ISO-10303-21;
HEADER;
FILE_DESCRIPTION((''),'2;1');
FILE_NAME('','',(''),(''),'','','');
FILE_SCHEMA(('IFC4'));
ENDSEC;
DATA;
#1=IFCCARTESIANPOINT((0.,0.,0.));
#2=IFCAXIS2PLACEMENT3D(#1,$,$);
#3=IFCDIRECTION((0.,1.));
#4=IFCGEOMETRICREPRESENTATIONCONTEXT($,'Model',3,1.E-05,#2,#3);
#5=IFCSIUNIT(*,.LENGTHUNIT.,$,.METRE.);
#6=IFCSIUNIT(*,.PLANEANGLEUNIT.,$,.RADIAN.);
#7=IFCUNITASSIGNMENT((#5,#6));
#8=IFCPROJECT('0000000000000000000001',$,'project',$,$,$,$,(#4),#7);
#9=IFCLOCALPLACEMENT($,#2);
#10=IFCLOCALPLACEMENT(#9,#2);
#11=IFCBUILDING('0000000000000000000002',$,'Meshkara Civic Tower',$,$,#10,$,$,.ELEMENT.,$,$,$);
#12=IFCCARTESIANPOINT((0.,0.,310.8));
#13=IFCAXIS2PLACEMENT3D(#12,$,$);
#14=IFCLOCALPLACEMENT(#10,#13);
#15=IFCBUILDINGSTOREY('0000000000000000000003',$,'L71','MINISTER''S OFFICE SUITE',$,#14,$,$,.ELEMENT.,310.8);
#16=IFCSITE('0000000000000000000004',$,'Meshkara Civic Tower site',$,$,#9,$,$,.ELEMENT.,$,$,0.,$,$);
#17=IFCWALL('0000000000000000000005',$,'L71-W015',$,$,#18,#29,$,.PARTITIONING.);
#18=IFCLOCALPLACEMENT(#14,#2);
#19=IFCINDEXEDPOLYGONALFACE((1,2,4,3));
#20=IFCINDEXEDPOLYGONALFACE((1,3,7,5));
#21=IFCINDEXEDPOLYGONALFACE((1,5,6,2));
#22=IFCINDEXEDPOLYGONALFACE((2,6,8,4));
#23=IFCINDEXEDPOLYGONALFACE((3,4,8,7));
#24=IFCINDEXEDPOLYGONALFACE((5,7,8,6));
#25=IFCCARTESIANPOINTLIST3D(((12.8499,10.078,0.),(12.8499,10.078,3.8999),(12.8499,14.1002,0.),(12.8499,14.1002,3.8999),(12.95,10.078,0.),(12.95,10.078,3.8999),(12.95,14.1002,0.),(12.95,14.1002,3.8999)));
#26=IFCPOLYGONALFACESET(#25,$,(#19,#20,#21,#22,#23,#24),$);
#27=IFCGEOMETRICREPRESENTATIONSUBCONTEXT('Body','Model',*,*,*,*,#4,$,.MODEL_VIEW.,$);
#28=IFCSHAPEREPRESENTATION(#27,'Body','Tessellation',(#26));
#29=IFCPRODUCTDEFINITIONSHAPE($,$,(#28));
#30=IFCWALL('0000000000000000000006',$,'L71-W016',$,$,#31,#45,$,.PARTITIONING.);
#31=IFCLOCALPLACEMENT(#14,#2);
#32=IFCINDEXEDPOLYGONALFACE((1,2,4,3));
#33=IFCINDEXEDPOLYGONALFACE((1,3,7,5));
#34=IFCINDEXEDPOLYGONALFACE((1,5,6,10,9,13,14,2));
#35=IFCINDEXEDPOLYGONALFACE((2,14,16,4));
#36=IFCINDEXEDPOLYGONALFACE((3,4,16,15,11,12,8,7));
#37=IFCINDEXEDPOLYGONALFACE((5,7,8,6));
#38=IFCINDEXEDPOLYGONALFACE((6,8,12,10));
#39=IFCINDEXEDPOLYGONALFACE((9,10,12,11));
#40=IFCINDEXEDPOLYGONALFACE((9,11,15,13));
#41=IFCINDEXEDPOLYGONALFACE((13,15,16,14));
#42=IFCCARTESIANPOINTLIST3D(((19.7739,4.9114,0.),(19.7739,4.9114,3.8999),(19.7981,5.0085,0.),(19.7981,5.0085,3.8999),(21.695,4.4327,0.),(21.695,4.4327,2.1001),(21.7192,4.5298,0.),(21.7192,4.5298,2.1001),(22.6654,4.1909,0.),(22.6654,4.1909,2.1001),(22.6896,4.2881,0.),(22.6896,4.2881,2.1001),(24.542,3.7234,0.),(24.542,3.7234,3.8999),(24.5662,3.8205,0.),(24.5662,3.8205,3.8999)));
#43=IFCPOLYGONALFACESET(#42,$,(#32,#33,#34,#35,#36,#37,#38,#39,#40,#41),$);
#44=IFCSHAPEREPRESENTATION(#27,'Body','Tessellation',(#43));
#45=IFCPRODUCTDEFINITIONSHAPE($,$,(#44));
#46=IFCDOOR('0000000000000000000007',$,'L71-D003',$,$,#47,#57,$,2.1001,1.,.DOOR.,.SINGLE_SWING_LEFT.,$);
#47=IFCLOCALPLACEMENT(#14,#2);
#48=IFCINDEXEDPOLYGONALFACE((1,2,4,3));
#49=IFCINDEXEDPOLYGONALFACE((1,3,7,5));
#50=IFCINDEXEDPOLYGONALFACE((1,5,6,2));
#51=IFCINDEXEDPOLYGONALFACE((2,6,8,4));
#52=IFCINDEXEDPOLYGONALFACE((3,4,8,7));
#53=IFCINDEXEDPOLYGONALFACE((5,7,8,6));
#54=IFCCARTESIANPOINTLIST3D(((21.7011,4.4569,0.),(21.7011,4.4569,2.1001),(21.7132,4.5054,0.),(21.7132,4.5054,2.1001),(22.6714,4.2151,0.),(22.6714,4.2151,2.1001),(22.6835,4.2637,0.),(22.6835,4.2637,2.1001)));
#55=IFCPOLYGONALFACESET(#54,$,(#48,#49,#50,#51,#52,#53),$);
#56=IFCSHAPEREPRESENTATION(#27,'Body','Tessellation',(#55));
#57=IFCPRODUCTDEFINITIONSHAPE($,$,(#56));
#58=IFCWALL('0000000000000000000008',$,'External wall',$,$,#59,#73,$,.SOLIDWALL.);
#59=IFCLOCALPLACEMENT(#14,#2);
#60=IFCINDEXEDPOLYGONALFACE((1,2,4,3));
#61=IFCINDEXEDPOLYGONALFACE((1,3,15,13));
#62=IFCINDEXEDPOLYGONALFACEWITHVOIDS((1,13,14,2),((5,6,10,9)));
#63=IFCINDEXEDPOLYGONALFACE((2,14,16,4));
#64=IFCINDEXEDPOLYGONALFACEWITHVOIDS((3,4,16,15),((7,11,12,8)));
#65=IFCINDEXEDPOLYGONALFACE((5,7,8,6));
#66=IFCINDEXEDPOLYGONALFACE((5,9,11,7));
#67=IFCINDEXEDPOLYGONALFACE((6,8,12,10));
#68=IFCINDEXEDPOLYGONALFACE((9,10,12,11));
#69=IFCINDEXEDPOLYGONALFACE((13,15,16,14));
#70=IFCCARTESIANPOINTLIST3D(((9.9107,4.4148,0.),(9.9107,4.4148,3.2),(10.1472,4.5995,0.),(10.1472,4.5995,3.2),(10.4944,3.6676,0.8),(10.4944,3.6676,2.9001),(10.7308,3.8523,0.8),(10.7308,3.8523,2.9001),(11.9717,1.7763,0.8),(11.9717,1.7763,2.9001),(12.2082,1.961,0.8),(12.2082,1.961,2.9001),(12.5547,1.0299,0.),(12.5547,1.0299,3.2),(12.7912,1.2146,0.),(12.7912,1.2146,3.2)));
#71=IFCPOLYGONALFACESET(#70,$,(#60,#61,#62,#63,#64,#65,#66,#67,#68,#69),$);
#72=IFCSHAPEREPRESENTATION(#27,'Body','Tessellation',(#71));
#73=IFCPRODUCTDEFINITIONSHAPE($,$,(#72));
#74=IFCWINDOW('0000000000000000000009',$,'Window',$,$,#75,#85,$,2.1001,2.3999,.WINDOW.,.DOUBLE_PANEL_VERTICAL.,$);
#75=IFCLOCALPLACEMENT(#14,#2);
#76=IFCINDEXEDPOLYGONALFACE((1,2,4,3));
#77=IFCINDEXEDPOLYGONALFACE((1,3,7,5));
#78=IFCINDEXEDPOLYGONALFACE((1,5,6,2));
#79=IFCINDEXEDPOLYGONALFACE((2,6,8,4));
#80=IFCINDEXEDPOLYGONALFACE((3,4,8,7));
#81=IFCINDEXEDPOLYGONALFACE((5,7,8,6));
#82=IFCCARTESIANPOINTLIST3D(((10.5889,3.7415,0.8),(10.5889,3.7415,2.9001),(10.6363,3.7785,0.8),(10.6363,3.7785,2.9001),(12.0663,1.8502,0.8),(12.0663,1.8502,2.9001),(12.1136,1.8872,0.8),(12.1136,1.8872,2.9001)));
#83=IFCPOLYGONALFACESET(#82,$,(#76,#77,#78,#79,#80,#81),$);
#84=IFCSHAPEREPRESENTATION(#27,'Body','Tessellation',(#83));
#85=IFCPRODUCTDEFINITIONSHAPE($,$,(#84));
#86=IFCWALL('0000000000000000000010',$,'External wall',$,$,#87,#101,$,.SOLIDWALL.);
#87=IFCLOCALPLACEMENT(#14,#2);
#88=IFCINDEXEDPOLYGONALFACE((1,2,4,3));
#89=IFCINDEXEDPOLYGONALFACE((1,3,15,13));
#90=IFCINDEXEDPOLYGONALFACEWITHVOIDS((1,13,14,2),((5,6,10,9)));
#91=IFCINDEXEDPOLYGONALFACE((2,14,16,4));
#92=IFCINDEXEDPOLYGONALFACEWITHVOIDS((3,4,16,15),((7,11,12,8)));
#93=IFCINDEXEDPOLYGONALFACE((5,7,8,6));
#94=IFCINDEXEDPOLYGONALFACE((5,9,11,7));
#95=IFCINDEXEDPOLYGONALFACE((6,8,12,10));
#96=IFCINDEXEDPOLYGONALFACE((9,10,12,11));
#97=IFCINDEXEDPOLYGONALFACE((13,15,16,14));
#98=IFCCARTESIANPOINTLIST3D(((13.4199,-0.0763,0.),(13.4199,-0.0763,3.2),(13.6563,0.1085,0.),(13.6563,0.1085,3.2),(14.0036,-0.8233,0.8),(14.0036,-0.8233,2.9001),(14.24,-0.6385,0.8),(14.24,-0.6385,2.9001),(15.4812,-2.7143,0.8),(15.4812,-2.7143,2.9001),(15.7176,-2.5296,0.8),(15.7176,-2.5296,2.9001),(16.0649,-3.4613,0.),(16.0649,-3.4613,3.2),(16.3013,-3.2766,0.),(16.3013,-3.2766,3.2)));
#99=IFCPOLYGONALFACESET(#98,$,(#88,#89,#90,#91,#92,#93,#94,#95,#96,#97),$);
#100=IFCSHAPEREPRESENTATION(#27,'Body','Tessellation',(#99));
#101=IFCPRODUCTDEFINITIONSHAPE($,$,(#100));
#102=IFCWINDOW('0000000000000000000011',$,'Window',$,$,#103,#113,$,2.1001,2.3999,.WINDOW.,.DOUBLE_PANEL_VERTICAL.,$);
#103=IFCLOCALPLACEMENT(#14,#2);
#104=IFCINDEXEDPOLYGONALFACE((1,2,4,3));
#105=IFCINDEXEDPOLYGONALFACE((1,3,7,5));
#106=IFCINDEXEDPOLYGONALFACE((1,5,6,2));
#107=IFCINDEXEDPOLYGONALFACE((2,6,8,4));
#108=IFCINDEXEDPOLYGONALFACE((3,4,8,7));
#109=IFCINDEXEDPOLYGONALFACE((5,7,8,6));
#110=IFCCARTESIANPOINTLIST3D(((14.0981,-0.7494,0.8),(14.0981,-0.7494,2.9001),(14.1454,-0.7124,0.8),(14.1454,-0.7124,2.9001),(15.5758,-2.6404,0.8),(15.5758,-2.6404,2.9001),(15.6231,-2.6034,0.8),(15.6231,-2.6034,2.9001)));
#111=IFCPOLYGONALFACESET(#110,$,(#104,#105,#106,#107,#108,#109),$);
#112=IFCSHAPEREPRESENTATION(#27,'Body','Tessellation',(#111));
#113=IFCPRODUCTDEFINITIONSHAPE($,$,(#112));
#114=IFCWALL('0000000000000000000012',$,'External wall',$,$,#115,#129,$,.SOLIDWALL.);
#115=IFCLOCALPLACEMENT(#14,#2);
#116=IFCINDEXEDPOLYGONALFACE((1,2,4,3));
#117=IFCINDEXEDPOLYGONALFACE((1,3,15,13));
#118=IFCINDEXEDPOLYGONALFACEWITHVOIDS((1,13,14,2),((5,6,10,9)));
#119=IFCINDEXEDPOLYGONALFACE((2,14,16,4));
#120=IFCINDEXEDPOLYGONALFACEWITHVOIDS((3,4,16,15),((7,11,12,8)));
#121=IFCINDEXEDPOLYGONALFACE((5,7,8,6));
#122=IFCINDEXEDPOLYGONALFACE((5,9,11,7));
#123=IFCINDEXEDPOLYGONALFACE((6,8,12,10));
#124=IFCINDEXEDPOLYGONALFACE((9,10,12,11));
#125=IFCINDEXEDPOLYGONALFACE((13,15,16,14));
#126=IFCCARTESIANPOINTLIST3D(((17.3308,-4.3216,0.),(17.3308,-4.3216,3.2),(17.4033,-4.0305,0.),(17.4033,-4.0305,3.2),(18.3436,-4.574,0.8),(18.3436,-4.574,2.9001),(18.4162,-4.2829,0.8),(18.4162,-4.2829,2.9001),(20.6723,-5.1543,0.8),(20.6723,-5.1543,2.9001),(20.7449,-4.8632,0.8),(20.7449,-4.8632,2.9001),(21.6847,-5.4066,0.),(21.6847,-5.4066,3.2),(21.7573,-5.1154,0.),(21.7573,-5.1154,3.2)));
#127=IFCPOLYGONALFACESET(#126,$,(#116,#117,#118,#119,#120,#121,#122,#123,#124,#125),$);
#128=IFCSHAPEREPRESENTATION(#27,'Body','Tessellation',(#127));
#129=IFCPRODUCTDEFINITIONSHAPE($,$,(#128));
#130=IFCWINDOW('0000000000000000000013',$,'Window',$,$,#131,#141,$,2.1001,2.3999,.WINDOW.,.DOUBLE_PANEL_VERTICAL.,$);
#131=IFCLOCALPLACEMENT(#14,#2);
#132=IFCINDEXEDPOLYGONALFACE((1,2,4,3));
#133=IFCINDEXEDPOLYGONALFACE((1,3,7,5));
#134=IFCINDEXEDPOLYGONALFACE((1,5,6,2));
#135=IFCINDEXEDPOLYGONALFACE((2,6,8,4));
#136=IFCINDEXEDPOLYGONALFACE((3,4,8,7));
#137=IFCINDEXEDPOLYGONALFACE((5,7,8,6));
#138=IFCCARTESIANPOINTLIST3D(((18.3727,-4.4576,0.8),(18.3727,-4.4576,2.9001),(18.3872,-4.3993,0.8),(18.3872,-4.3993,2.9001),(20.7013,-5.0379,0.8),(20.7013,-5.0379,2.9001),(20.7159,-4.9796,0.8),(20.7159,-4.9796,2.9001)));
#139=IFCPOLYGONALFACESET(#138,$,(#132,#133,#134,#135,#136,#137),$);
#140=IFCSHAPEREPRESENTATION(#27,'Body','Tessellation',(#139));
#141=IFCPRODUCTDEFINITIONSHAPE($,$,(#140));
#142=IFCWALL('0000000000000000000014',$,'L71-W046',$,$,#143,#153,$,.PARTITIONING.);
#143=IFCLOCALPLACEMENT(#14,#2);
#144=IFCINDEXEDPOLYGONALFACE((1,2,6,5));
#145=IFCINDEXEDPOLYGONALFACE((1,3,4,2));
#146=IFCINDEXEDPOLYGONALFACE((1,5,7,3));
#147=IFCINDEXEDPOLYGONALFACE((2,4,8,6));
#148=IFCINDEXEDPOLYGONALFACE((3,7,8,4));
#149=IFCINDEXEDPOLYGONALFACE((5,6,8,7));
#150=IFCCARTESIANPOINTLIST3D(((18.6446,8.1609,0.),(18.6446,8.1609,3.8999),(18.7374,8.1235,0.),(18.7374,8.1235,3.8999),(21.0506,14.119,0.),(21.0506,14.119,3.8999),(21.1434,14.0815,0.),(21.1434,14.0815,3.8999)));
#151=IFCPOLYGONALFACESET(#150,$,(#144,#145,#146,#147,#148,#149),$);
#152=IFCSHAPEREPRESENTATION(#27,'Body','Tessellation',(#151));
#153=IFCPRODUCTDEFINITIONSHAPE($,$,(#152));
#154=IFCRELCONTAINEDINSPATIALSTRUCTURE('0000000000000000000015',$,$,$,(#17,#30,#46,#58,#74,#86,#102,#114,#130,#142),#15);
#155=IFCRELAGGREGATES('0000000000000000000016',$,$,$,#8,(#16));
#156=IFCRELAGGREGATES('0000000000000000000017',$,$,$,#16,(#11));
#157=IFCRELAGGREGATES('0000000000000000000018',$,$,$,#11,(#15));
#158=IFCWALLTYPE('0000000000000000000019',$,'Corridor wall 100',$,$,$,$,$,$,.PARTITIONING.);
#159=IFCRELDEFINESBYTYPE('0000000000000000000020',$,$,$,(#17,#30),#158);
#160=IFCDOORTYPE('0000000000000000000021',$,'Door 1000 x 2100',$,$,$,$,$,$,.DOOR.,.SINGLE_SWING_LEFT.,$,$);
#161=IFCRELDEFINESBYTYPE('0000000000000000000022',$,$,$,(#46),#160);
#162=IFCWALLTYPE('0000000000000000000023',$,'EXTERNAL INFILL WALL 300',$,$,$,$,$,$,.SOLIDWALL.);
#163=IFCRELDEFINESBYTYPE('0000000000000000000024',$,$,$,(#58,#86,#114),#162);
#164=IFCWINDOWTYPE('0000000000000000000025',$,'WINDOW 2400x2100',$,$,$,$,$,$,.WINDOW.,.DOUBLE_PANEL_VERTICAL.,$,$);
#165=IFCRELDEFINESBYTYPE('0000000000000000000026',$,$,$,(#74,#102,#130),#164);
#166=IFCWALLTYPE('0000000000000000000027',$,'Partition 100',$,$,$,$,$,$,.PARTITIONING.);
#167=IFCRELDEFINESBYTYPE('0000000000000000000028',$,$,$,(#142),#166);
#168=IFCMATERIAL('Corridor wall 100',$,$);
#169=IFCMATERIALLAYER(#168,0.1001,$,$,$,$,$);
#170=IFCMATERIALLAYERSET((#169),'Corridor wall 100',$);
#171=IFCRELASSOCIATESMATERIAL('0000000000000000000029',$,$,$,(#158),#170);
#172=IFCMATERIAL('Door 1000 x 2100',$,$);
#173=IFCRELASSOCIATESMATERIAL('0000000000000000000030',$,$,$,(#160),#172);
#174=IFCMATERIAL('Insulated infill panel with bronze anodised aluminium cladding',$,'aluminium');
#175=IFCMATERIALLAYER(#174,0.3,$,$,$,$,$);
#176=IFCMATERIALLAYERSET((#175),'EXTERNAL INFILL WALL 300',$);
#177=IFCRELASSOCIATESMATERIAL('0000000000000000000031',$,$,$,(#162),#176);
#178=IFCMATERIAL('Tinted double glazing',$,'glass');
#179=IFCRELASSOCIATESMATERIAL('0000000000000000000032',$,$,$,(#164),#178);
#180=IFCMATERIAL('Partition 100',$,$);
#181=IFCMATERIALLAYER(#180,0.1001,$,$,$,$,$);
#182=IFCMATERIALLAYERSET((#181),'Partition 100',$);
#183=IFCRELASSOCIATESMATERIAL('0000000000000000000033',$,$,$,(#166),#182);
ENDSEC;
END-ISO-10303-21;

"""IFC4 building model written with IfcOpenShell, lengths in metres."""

from ifc_helpers import new_model, si_unit, direction, frame, frame_2d, origin, place, context, subcontext, project, spatial, rectangle, extrude, material, layer, layer_set, type_object, element, fill, save


model = new_model("IFC4")

# Units and contexts
model_context = context("Model", 3, precision=1e-05, world=origin(), true_north=direction((0.0, 1.0)))
body_context = subcontext(model_context, "Body", "Model", "MODEL_VIEW")
ifc_project = project(units=[si_unit("LENGTHUNIT", "METRE"), si_unit("PLANEANGLEUNIT", "RADIAN")], contexts=[model_context])

# Site, building, storey
site_placement = place(None, origin())
site = spatial("IfcSite", under=ifc_project, at=site_placement, Name="Meshkara Civic Tower site", CompositionType="ELEMENT", RefElevation=0.0)
building_placement = place(site_placement, origin())
building = spatial("IfcBuilding", under=site, at=building_placement, Name="Meshkara Civic Tower", CompositionType="ELEMENT")
storey_placement = place(building_placement, frame((0.0, 0.0, 310.8)))
storey = spatial("IfcBuildingStorey", under=building, at=storey_placement, Name="L71", Description="MINISTER'S OFFICE SUITE", CompositionType="ELEMENT", Elevation=310.8)

# Shared definitions
ifc_material_1 = material(Name="Corridor wall 100")
ifc_layer_1 = layer(ifc_material_1, 0.1001)
ifc_layer_set_1 = layer_set([ifc_layer_1], Name="Corridor wall 100")
wall_type_1 = type_object("IfcWallType", Name="Corridor wall 100", PredefinedType="PARTITIONING", material=ifc_layer_set_1)
ifc_material_2 = material(Name="Door 1000 x 2100")
door_type = type_object("IfcDoorType", Name="Door 1000 x 2100", OperationType="SINGLE_SWING_LEFT", PredefinedType="DOOR", material=ifc_material_2)

# Wall
wall_1_placement = place(storey_placement, frame((12.8999, 10.0779, 0.0), z_axis=(0.0, 0.0, 1.0), x_axis=(0.0, 1.0, 0.0)))
element("IfcWall", 1, at=wall_1_placement, inside=storey, type_object=wall_type_1, Name="L71-W015", PredefinedType="PARTITIONING", context=body_context, shape_type="SweptSolid", body=[
    extrude(rectangle(XDim=4.0222, YDim=0.1001, at=frame_2d((2.0112, 0.0))), origin(), (0.0, 0.0, 1.0), 3.8999),
])

# Wall, opening, door
wall_2_placement = place(storey_placement, frame((19.7859, 4.96, 0.0), z_axis=(0.0, 0.0, 1.0), x_axis=(0.970335, -0.241764, 0.0)))
wall_2 = element("IfcWall", 2, at=wall_2_placement, inside=storey, type_object=wall_type_1, Name="L71-W016", PredefinedType="PARTITIONING", context=body_context, shape_type="SweptSolid", body=[
    extrude(rectangle(XDim=4.9138, YDim=0.1001, at=frame_2d((2.457, 0.0))), origin(), (0.0, 0.0, 1.0), 3.8999),
])
opening_1_placement = place(wall_2_placement, frame((1.98, 0.0, 0.0)))
opening_1 = element("IfcOpeningElement", 3, at=opening_1_placement, cuts=wall_2, PredefinedType="OPENING", context=body_context, shape_type="SweptSolid", body=[
    extrude(rectangle(XDim=1.0, YDim=2.1001, at=frame_2d((0.5, 1.05))), frame((0.0, 0.0601, 0.0), z_axis=(0.0, -1.0, 0.0), x_axis=(1.0, 0.0, 0.0)), (0.0, 0.0, 1.0), 0.1201),
])
door_1_placement = place(opening_1_placement, origin())
door_1 = element("IfcDoor", 4, at=door_1_placement, inside=storey, type_object=door_type, Name="L71-D003", OperationType="SINGLE_SWING_LEFT", OverallHeight=2.1001, OverallWidth=1.0, PredefinedType="DOOR", context=body_context, shape_type="SweptSolid", body=[
    extrude(rectangle(XDim=1.0, YDim=2.1001, at=frame_2d((0.5, 1.05))), frame((0.0, 0.0249, 0.0), z_axis=(0.0, -1.0, 0.0), x_axis=(1.0, 0.0, 0.0)), (0.0, 0.0, 1.0), 0.05),
])
fill(opening_1, door_1)

# Walls, openings, windows
ifc_material_3 = material(Name="Insulated infill panel with bronze anodised aluminium cladding", Category="aluminium")
ifc_layer_2 = layer(ifc_material_3, 0.3)
ifc_layer_set_2 = layer_set([ifc_layer_2], Name="EXTERNAL INFILL WALL 300")
wall_type_2 = type_object("IfcWallType", Name="EXTERNAL INFILL WALL 300", PredefinedType="SOLIDWALL", material=ifc_layer_set_2)
wall_3_placement = place(storey_placement, frame((10.0291, 4.5071, 0.0), z_axis=(0.0, 0.0, 1.0), x_axis=(0.615572, -0.78808, 0.0)))
wall_3 = element("IfcWall", 5, at=wall_3_placement, inside=storey, type_object=wall_type_2, Name="External wall", PredefinedType="SOLIDWALL", context=body_context, shape_type="SweptSolid", body=[
    extrude(rectangle(XDim=4.2952, YDim=0.3, at=frame_2d((2.1475, 0.0))), origin(), (0.0, 0.0, 1.0), 3.2),
])
opening_2_placement = place(wall_3_placement, frame((0.948, 0.0, 0.8)))
opening_2 = element("IfcOpeningElement", 6, at=opening_2_placement, cuts=wall_3, PredefinedType="OPENING", context=body_context, shape_type="SweptSolid", body=[
    extrude(rectangle(XDim=2.3999, YDim=2.1001, at=frame_2d((1.2, 1.05))), frame((0.0, 0.1599, 0.0), z_axis=(0.0, -1.0, 0.0), x_axis=(1.0, 0.0, 0.0)), (0.0, 0.0, 1.0), 0.3201),
])
ifc_material_4 = material(Name="Tinted double glazing", Category="glass")
window_type = type_object("IfcWindowType", Name="WINDOW 2400x2100", PartitioningType="DOUBLE_PANEL_VERTICAL", PredefinedType="WINDOW", material=ifc_material_4)
window_1_placement = place(opening_2_placement, origin())
window_1 = element("IfcWindow", 7, at=window_1_placement, inside=storey, type_object=window_type, Name="Window", OverallHeight=2.1001, OverallWidth=2.3999, PartitioningType="DOUBLE_PANEL_VERTICAL", PredefinedType="WINDOW", context=body_context, shape_type="SweptSolid", body=[
    extrude(rectangle(XDim=2.3999, YDim=2.1001, at=frame_2d((1.2, 1.05))), frame((0.0, 0.03, 0.0), z_axis=(0.0, -1.0, 0.0), x_axis=(1.0, 0.0, 0.0)), (0.0, 0.0, 1.0), 0.0601),
])
fill(opening_2, window_1)
wall_4_placement = place(storey_placement, frame((13.5381, 0.0161, 0.0), z_axis=(0.0, 0.0, 1.0), x_axis=(0.615714, -0.78797, 0.0)))
wall_4 = element("IfcWall", 8, at=wall_4_placement, inside=storey, type_object=wall_type_2, Name="External wall", PredefinedType="SOLIDWALL", context=body_context, shape_type="SweptSolid", body=[
    extrude(rectangle(XDim=4.2959, YDim=0.3, at=frame_2d((2.1479, 0.0))), origin(), (0.0, 0.0, 1.0), 3.2),
])
opening_3_placement = place(wall_4_placement, frame((0.948, 0.0, 0.8)))
opening_3 = element("IfcOpeningElement", 9, at=opening_3_placement, cuts=wall_4, PredefinedType="OPENING", context=body_context, shape_type="SweptSolid", body=[
    extrude(rectangle(XDim=2.3999, YDim=2.1001, at=frame_2d((1.2, 1.05))), frame((0.0, 0.1599, 0.0), z_axis=(0.0, -1.0, 0.0), x_axis=(1.0, 0.0, 0.0)), (0.0, 0.0, 1.0), 0.3201),
])
window_2_placement = place(opening_3_placement, origin())
window_2 = element("IfcWindow", 10, at=window_2_placement, inside=storey, type_object=window_type, Name="Window", OverallHeight=2.1001, OverallWidth=2.3999, PartitioningType="DOUBLE_PANEL_VERTICAL", PredefinedType="WINDOW", context=body_context, shape_type="SweptSolid", body=[
    extrude(rectangle(XDim=2.3999, YDim=2.1001, at=frame_2d((1.2, 1.05))), frame((0.0, 0.03, 0.0), z_axis=(0.0, -1.0, 0.0), x_axis=(1.0, 0.0, 0.0)), (0.0, 0.0, 1.0), 0.0601),
])
fill(opening_3, window_2)
wall_5_placement = place(storey_placement, frame((17.3669, -4.176, 0.0), z_axis=(0.0, 0.0, 1.0), x_axis=(0.970328, -0.241793, 0.0)))
wall_5 = element("IfcWall", 11, at=wall_5_placement, inside=storey, type_object=wall_type_2, Name="External wall", PredefinedType="SOLIDWALL", context=body_context, shape_type="SweptSolid", body=[
    extrude(rectangle(XDim=4.4871, YDim=0.3, at=frame_2d((2.2437, 0.0))), origin(), (0.0, 0.0, 1.0), 3.2),
])
opening_4_placement = place(wall_5_placement, frame((1.0439, 0.0, 0.8)))
opening_4 = element("IfcOpeningElement", 12, at=opening_4_placement, cuts=wall_5, PredefinedType="OPENING", context=body_context, shape_type="SweptSolid", body=[
    extrude(rectangle(XDim=2.3999, YDim=2.1001, at=frame_2d((1.2, 1.05))), frame((0.0, 0.1599, 0.0), z_axis=(0.0, -1.0, 0.0), x_axis=(1.0, 0.0, 0.0)), (0.0, 0.0, 1.0), 0.3201),
])
window_3_placement = place(opening_4_placement, origin())
window_3 = element("IfcWindow", 13, at=window_3_placement, inside=storey, type_object=window_type, Name="Window", OverallHeight=2.1001, OverallWidth=2.3999, PartitioningType="DOUBLE_PANEL_VERTICAL", PredefinedType="WINDOW", context=body_context, shape_type="SweptSolid", body=[
    extrude(rectangle(XDim=2.3999, YDim=2.1001, at=frame_2d((1.2, 1.05))), frame((0.0, 0.03, 0.0), z_axis=(0.0, -1.0, 0.0), x_axis=(1.0, 0.0, 0.0)), (0.0, 0.0, 1.0), 0.0601),
])
fill(opening_4, window_3)

# Wall
ifc_material_5 = material(Name="Partition 100")
ifc_layer_3 = layer(ifc_material_5, 0.1001)
ifc_layer_set_3 = layer_set([ifc_layer_3], Name="Partition 100")
wall_type_3 = type_object("IfcWallType", Name="Partition 100", PredefinedType="PARTITIONING", material=ifc_layer_set_3)
wall_6_placement = place(storey_placement, frame((18.6909, 8.1421, 0.0), z_axis=(0.0, 0.0, 1.0), x_axis=(0.374448, 0.927248, 0.0)))
element("IfcWall", 14, at=wall_6_placement, inside=storey, type_object=wall_type_3, Name="L71-W046", PredefinedType="PARTITIONING", context=body_context, shape_type="SweptSolid", body=[
    extrude(rectangle(XDim=6.4255, YDim=0.1001, at=frame_2d((3.2129, 0.0))), origin(), (0.0, 0.0, 1.0), 3.8999),
])

save(model, "model.ifc")
